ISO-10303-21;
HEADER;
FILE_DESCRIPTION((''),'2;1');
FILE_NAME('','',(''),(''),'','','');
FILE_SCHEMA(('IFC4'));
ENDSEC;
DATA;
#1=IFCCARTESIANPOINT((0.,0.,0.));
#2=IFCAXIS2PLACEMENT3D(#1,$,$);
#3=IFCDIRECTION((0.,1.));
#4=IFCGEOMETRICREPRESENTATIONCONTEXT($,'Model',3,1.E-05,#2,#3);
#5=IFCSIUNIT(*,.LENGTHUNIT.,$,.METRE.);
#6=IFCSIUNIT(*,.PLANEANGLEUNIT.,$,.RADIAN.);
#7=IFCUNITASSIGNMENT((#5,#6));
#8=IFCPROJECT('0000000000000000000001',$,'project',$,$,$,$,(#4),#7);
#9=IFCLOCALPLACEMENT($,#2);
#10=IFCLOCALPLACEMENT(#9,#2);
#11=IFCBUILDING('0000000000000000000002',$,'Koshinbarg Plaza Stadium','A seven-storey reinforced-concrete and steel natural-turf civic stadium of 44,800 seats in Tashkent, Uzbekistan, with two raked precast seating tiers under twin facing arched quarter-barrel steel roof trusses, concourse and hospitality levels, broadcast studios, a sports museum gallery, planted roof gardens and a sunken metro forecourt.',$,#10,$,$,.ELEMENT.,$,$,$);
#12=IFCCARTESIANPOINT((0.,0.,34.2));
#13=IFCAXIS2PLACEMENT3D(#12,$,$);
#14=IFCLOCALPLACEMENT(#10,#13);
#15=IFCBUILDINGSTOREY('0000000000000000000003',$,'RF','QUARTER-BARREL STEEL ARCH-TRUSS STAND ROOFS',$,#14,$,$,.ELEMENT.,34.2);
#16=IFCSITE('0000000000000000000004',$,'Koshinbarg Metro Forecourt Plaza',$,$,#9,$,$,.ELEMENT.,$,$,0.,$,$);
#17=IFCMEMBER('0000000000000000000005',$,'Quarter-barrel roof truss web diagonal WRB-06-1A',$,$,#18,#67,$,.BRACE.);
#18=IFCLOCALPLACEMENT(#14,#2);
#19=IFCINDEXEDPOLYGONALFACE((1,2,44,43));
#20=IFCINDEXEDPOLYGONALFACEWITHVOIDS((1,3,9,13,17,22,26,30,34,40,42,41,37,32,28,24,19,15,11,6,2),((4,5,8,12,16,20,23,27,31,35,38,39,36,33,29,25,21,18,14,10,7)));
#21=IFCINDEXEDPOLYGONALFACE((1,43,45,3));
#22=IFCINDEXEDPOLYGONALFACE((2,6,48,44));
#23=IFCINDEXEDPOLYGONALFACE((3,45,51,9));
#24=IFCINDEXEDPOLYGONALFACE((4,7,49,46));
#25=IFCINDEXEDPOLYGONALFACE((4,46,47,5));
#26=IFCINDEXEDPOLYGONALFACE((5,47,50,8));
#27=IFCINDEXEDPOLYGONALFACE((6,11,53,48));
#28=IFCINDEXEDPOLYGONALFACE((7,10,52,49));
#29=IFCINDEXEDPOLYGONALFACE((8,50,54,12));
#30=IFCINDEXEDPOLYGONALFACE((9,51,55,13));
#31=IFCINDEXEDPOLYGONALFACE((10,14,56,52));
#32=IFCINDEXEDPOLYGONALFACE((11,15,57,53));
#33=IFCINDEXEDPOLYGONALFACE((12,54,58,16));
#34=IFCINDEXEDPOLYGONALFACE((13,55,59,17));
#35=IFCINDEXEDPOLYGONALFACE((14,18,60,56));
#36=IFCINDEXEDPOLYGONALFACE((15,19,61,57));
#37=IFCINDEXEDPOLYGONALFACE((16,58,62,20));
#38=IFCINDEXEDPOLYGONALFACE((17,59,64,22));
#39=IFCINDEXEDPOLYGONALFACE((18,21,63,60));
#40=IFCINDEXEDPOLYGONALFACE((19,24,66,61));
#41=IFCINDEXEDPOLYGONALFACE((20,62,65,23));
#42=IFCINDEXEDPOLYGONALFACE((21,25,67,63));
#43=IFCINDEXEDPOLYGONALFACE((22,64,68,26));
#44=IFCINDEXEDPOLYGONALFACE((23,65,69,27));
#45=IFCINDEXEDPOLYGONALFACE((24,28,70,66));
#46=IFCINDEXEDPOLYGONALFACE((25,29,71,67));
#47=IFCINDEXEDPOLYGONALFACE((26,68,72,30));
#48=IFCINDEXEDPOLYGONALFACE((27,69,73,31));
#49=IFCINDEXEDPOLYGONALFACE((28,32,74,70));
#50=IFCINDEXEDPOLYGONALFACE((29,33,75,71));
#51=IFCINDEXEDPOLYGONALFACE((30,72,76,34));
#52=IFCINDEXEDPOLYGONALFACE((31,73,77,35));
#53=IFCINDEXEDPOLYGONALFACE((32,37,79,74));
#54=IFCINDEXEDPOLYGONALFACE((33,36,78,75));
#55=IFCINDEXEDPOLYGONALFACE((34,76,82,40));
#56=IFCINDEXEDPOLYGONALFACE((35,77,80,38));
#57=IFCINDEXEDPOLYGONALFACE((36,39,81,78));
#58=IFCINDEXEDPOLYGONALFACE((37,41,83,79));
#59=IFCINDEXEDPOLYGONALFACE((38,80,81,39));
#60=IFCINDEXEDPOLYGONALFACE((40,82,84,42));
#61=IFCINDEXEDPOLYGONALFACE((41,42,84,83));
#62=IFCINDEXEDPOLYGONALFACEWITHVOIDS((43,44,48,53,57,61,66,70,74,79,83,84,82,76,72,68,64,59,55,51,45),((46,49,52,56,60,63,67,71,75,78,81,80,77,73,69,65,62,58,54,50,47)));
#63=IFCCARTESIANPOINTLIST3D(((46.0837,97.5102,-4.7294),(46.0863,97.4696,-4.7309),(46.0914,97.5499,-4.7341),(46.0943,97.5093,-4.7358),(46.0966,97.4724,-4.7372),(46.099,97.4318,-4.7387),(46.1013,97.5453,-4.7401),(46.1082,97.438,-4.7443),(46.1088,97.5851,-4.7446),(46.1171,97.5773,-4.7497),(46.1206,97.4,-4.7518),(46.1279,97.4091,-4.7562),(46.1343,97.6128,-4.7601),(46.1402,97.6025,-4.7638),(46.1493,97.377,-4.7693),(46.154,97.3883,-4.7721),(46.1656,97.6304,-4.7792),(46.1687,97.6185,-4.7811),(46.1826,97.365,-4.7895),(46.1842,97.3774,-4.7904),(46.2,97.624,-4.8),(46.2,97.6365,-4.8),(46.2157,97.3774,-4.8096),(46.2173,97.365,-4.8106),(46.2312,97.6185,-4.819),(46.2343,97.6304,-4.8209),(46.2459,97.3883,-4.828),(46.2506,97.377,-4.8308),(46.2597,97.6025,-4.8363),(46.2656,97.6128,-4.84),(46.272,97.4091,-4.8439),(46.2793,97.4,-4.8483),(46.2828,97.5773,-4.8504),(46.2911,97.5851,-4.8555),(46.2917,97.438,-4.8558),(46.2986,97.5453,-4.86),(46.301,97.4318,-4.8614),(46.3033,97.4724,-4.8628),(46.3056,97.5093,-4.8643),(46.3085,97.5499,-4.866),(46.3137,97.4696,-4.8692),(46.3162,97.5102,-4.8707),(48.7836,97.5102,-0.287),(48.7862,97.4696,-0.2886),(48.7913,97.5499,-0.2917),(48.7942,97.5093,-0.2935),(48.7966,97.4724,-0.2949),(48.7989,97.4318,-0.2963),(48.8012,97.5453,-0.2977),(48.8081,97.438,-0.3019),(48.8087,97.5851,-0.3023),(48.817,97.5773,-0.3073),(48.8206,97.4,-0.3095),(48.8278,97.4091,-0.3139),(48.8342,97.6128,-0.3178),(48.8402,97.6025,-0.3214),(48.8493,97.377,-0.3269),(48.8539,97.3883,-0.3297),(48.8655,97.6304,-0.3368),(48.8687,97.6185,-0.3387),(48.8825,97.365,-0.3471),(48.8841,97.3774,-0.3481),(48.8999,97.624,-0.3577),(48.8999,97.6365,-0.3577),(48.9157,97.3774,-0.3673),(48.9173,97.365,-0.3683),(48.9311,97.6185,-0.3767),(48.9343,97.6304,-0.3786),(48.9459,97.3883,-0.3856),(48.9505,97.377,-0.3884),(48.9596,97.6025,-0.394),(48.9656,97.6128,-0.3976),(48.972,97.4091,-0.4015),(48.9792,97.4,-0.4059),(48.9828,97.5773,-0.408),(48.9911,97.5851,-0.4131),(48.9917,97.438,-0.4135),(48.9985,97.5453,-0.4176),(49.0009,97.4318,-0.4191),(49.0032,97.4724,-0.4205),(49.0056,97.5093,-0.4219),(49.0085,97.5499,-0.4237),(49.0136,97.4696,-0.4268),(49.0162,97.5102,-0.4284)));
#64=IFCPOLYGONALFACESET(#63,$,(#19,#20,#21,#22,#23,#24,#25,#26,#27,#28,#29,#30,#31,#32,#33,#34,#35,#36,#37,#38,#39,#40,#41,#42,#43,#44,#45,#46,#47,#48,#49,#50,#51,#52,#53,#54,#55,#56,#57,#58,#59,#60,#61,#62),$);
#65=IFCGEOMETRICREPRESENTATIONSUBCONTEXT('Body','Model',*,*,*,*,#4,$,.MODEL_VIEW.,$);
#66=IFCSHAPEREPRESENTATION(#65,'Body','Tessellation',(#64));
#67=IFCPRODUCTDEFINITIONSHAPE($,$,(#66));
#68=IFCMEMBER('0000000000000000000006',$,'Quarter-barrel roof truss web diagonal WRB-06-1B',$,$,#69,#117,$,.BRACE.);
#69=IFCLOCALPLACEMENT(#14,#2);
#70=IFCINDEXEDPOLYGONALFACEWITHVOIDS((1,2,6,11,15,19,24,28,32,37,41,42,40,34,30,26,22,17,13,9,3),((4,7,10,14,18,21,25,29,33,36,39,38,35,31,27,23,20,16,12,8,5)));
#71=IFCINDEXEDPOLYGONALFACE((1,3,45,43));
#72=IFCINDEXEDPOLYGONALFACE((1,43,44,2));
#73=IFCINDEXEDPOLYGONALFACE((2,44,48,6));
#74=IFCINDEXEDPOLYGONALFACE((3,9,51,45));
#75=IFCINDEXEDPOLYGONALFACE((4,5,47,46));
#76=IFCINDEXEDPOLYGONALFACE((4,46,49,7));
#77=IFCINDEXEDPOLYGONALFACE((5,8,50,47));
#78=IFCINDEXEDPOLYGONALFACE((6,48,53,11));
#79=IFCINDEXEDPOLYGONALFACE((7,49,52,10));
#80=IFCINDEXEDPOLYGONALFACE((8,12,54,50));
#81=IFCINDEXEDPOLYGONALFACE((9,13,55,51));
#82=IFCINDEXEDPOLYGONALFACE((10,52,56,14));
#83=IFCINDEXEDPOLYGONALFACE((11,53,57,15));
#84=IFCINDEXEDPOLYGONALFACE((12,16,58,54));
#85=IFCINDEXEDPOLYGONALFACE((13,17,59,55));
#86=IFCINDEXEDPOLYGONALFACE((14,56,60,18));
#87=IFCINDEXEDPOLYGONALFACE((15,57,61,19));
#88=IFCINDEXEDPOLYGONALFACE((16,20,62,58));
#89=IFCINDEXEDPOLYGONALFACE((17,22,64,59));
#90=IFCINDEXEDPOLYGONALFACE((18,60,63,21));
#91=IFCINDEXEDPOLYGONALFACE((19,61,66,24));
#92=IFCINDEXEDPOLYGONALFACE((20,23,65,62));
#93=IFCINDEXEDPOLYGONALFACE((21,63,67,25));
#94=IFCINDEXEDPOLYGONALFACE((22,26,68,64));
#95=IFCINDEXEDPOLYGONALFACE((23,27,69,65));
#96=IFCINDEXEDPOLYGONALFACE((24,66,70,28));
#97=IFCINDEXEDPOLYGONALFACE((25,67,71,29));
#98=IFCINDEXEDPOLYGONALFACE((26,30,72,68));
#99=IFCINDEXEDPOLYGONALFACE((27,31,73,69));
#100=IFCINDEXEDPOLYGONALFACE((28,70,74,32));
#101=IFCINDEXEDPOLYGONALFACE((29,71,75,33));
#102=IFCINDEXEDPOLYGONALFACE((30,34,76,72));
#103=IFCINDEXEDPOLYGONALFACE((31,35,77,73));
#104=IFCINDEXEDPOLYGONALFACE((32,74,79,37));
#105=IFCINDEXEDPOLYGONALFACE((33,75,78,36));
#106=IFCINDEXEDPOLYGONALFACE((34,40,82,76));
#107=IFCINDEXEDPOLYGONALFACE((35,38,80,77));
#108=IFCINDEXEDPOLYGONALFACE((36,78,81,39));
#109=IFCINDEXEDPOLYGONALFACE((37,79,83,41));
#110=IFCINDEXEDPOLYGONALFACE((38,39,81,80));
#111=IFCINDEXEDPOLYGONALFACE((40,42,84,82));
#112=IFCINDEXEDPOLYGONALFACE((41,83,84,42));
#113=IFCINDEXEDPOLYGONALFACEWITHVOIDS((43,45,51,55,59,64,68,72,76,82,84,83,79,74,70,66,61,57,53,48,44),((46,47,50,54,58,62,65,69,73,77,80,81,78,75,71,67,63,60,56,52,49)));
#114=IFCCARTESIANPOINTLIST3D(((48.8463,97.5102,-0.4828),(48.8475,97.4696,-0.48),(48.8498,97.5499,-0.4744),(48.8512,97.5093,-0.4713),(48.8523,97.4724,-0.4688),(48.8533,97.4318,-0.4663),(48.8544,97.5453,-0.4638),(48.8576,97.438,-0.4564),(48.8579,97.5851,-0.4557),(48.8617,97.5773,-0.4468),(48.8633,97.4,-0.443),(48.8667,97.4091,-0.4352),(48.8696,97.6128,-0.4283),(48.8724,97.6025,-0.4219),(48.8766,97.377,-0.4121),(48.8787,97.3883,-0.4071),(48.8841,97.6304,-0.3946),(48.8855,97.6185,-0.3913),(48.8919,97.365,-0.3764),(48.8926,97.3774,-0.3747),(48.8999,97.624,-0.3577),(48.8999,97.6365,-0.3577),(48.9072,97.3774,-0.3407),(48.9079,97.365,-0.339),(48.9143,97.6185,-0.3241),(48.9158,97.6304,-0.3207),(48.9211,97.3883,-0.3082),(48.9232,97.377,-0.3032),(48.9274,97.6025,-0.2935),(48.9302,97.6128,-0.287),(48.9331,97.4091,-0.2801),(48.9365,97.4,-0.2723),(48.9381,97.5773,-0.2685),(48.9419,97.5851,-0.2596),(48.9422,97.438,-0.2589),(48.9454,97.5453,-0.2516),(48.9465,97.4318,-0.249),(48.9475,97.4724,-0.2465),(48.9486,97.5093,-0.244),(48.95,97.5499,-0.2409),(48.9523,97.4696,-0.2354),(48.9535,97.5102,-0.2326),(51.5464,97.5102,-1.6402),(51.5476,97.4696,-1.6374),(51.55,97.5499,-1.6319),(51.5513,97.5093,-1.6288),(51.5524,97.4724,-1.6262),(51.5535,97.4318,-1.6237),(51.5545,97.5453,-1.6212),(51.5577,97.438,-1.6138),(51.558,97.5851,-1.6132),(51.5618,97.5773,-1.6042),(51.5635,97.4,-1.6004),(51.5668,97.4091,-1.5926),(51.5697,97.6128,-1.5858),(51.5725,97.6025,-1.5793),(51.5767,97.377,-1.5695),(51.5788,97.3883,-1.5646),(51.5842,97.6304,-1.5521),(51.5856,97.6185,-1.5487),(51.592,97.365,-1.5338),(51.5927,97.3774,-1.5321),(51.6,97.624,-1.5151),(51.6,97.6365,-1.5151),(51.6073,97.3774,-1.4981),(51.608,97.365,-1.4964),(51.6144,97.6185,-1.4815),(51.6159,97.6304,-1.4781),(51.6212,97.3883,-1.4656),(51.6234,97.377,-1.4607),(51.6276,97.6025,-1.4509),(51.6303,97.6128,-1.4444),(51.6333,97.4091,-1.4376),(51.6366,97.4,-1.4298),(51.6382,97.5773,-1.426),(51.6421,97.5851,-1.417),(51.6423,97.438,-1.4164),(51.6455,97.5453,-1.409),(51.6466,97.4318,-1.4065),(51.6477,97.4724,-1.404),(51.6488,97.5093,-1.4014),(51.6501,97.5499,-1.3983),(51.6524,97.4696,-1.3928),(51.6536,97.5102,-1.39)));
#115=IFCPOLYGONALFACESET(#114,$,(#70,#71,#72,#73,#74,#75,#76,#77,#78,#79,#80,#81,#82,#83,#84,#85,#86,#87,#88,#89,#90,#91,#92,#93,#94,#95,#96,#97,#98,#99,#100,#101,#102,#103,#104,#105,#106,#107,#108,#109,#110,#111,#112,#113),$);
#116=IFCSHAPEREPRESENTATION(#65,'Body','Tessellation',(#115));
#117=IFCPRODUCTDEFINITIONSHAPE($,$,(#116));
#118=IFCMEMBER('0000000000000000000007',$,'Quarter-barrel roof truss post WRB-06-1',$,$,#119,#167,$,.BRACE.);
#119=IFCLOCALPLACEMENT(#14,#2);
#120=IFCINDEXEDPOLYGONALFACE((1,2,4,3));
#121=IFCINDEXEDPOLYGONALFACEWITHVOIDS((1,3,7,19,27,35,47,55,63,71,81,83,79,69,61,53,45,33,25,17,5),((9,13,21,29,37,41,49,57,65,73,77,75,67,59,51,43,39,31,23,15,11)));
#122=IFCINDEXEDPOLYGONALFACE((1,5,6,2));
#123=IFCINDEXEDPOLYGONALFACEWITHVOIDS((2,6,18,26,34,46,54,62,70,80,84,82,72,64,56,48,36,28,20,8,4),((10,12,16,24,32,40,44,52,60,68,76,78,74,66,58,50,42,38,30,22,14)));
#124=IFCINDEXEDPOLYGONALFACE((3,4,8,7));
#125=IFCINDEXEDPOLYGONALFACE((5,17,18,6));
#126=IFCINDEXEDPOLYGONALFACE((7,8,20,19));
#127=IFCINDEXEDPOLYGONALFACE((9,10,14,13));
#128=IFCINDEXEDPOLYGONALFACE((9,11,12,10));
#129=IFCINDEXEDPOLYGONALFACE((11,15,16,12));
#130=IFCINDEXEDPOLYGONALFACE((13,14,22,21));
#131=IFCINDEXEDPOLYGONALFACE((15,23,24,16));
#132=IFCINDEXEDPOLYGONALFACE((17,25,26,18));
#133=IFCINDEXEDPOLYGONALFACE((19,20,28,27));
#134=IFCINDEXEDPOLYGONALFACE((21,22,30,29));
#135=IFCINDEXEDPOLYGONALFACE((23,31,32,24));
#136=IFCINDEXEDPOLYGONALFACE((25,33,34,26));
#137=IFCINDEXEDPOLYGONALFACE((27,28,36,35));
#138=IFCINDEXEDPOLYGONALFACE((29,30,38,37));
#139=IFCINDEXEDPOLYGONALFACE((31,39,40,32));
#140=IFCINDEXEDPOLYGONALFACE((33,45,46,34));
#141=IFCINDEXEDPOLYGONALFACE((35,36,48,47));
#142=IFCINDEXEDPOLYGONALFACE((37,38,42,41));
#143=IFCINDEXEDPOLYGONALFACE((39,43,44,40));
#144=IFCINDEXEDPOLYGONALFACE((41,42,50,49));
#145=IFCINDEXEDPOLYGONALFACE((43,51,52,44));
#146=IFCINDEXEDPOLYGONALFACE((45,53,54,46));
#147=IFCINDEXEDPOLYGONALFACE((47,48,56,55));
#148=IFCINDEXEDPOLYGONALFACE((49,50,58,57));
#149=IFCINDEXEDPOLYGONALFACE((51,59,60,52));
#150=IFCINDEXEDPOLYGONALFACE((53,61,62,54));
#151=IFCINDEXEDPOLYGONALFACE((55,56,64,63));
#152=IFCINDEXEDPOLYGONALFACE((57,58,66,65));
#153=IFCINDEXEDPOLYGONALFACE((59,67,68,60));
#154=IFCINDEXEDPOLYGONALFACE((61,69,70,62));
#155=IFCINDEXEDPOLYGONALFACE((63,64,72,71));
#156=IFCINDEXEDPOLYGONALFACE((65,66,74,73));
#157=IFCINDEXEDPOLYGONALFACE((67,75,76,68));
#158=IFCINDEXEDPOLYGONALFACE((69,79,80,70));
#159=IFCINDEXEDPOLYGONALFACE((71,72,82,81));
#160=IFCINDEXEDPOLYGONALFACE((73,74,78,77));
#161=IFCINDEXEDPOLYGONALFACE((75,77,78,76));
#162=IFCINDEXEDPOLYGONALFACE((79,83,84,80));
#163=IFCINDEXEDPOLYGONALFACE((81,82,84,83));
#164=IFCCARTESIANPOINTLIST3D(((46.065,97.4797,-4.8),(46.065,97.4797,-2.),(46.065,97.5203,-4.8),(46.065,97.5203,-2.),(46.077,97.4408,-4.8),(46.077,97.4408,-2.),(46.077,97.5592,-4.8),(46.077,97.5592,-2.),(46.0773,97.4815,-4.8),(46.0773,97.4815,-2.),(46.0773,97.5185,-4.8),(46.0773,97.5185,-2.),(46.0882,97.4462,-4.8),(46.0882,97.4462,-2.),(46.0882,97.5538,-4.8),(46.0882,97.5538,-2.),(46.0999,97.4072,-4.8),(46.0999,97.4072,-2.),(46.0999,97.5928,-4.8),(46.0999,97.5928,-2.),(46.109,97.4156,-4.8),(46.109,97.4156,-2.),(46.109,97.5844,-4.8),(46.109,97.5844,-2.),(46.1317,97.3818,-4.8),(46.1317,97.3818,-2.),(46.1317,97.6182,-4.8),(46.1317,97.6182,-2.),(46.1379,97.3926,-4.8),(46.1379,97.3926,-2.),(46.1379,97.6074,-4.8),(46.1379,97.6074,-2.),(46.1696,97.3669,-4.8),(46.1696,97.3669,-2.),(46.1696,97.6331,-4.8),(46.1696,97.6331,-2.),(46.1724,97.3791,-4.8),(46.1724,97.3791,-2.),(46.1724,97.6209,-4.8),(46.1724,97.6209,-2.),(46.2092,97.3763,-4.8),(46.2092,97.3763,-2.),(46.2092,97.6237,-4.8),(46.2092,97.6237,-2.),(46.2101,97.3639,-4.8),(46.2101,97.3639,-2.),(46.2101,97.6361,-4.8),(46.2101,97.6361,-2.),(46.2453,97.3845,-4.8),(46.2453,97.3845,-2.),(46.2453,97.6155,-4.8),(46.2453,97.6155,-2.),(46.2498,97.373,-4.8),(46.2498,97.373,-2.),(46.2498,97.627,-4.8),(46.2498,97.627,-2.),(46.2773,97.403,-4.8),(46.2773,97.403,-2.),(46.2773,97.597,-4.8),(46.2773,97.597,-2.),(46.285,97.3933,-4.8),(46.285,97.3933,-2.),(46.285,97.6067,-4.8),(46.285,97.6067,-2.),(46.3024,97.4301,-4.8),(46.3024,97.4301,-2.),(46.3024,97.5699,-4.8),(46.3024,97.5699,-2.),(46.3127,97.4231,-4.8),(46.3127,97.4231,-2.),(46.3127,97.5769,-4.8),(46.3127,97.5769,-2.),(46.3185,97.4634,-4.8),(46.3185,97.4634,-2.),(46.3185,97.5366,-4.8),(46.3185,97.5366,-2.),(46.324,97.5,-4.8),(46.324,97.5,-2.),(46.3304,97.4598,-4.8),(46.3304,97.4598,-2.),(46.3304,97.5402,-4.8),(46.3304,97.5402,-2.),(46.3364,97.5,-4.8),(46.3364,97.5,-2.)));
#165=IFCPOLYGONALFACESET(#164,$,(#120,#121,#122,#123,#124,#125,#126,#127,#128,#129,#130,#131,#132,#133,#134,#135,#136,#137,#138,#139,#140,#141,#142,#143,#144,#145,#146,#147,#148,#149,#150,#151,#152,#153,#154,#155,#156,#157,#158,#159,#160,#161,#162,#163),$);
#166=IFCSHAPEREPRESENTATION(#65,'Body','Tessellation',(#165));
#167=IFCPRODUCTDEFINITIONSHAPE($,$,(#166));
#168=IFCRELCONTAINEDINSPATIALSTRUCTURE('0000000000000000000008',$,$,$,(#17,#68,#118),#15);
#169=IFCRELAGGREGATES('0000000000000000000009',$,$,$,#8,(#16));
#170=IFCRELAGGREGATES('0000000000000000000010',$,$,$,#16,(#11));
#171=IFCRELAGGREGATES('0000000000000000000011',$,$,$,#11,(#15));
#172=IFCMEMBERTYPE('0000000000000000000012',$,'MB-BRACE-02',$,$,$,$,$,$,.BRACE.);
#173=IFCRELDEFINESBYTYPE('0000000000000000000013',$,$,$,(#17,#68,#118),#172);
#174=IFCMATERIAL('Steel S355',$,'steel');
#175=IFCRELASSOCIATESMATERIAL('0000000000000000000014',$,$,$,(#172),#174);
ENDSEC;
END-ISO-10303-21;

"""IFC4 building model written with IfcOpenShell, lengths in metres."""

from ifc_helpers import new_model, si_unit, direction, frame, origin, origin_2d, place, context, subcontext, project, spatial, hollow_circle, extrude, material, material_profile, profile_set, type_object, element, save


model = new_model("IFC4")

# Units and contexts
model_context = context("Model", 3, precision=1e-05, world=origin(), true_north=direction((0.0, 1.0)))
body_context = subcontext(model_context, "Body", "Model", "MODEL_VIEW")
ifc_project = project(units=[si_unit("LENGTHUNIT", "METRE"), si_unit("PLANEANGLEUNIT", "RADIAN")], contexts=[model_context])

# Site, building, storey
site_placement = place(None, origin())
site = spatial("IfcSite", under=ifc_project, at=site_placement, Name="Koshinbarg Metro Forecourt Plaza", CompositionType="ELEMENT", RefElevation=0.0)
building_placement = place(site_placement, origin())
building = spatial("IfcBuilding", under=site, at=building_placement, Name="Koshinbarg Plaza Stadium", Description="A seven-storey reinforced-concrete and steel natural-turf civic stadium of 44,800 seats in Tashkent, Uzbekistan, with two raked precast seating tiers under twin facing arched quarter-barrel steel roof trusses, concourse and hospitality levels, broadcast studios, a sports museum gallery, planted roof gardens and a sunken metro forecourt.", CompositionType="ELEMENT")
storey_placement = place(building_placement, frame((0.0, 0.0, 34.2)))
storey = spatial("IfcBuildingStorey", under=building, at=storey_placement, Name="RF", Description="QUARTER-BARREL STEEL ARCH-TRUSS STAND ROOFS", CompositionType="ELEMENT", Elevation=34.2)

# Shared definitions
ifc_material_1 = material(Name="Steel S355", Category="steel")

# Members
ifc_material_profile_1 = material_profile(ifc_material_1, hollow_circle(Radius=0.1365, WallThickness=0.0125, at=origin_2d()), Name="CHS 273x12.5")
ifc_profile_set_1 = profile_set([ifc_material_profile_1], Name="Steel S355")
member_type_1 = type_object("IfcMemberType", Name="MB-BRACE-02", PredefinedType="BRACE", material=ifc_profile_set_1)
member_1_placement = place(storey_placement, frame((46.2, 97.5, -4.8), z_axis=(0.51937, 0.0, 0.854549), x_axis=(0.0, 1.0, 0.0)))
element("IfcMember", 1, at=member_1_placement, inside=storey, type_object=member_type_1, Name="Quarter-barrel roof truss web diagonal WRB-06-1A", PredefinedType="BRACE", context=body_context, shape_type="SweptSolid", body=[
    extrude(hollow_circle(Radius=0.1365, WallThickness=0.0125, at=origin_2d()), origin(), (0.0, 0.0, 1.0), 5.1985),
])
member_2_placement = place(storey_placement, frame((48.8999, 97.5, -0.3577), z_axis=(0.919115, 0.0, -0.39399), x_axis=(0.0, 1.0, 0.0)))
element("IfcMember", 2, at=member_2_placement, inside=storey, type_object=member_type_1, Name="Quarter-barrel roof truss web diagonal WRB-06-1B", PredefinedType="BRACE", context=body_context, shape_type="SweptSolid", body=[
    extrude(hollow_circle(Radius=0.1365, WallThickness=0.0125, at=origin_2d()), origin(), (0.0, 0.0, 1.0), 2.9377),
])
member_3_placement = place(storey_placement, frame((46.2, 97.5, -4.8), z_axis=(0.0, 0.0, 1.0), x_axis=(1.0, 0.0, 0.0)))
element("IfcMember", 3, at=member_3_placement, inside=storey, type_object=member_type_1, Name="Quarter-barrel roof truss post WRB-06-1", PredefinedType="BRACE", context=body_context, shape_type="SweptSolid", body=[
    extrude(hollow_circle(Radius=0.1365, WallThickness=0.0125, at=origin_2d()), origin(), (0.0, 0.0, 1.0), 2.8),
])

save(model, "model.ifc")
